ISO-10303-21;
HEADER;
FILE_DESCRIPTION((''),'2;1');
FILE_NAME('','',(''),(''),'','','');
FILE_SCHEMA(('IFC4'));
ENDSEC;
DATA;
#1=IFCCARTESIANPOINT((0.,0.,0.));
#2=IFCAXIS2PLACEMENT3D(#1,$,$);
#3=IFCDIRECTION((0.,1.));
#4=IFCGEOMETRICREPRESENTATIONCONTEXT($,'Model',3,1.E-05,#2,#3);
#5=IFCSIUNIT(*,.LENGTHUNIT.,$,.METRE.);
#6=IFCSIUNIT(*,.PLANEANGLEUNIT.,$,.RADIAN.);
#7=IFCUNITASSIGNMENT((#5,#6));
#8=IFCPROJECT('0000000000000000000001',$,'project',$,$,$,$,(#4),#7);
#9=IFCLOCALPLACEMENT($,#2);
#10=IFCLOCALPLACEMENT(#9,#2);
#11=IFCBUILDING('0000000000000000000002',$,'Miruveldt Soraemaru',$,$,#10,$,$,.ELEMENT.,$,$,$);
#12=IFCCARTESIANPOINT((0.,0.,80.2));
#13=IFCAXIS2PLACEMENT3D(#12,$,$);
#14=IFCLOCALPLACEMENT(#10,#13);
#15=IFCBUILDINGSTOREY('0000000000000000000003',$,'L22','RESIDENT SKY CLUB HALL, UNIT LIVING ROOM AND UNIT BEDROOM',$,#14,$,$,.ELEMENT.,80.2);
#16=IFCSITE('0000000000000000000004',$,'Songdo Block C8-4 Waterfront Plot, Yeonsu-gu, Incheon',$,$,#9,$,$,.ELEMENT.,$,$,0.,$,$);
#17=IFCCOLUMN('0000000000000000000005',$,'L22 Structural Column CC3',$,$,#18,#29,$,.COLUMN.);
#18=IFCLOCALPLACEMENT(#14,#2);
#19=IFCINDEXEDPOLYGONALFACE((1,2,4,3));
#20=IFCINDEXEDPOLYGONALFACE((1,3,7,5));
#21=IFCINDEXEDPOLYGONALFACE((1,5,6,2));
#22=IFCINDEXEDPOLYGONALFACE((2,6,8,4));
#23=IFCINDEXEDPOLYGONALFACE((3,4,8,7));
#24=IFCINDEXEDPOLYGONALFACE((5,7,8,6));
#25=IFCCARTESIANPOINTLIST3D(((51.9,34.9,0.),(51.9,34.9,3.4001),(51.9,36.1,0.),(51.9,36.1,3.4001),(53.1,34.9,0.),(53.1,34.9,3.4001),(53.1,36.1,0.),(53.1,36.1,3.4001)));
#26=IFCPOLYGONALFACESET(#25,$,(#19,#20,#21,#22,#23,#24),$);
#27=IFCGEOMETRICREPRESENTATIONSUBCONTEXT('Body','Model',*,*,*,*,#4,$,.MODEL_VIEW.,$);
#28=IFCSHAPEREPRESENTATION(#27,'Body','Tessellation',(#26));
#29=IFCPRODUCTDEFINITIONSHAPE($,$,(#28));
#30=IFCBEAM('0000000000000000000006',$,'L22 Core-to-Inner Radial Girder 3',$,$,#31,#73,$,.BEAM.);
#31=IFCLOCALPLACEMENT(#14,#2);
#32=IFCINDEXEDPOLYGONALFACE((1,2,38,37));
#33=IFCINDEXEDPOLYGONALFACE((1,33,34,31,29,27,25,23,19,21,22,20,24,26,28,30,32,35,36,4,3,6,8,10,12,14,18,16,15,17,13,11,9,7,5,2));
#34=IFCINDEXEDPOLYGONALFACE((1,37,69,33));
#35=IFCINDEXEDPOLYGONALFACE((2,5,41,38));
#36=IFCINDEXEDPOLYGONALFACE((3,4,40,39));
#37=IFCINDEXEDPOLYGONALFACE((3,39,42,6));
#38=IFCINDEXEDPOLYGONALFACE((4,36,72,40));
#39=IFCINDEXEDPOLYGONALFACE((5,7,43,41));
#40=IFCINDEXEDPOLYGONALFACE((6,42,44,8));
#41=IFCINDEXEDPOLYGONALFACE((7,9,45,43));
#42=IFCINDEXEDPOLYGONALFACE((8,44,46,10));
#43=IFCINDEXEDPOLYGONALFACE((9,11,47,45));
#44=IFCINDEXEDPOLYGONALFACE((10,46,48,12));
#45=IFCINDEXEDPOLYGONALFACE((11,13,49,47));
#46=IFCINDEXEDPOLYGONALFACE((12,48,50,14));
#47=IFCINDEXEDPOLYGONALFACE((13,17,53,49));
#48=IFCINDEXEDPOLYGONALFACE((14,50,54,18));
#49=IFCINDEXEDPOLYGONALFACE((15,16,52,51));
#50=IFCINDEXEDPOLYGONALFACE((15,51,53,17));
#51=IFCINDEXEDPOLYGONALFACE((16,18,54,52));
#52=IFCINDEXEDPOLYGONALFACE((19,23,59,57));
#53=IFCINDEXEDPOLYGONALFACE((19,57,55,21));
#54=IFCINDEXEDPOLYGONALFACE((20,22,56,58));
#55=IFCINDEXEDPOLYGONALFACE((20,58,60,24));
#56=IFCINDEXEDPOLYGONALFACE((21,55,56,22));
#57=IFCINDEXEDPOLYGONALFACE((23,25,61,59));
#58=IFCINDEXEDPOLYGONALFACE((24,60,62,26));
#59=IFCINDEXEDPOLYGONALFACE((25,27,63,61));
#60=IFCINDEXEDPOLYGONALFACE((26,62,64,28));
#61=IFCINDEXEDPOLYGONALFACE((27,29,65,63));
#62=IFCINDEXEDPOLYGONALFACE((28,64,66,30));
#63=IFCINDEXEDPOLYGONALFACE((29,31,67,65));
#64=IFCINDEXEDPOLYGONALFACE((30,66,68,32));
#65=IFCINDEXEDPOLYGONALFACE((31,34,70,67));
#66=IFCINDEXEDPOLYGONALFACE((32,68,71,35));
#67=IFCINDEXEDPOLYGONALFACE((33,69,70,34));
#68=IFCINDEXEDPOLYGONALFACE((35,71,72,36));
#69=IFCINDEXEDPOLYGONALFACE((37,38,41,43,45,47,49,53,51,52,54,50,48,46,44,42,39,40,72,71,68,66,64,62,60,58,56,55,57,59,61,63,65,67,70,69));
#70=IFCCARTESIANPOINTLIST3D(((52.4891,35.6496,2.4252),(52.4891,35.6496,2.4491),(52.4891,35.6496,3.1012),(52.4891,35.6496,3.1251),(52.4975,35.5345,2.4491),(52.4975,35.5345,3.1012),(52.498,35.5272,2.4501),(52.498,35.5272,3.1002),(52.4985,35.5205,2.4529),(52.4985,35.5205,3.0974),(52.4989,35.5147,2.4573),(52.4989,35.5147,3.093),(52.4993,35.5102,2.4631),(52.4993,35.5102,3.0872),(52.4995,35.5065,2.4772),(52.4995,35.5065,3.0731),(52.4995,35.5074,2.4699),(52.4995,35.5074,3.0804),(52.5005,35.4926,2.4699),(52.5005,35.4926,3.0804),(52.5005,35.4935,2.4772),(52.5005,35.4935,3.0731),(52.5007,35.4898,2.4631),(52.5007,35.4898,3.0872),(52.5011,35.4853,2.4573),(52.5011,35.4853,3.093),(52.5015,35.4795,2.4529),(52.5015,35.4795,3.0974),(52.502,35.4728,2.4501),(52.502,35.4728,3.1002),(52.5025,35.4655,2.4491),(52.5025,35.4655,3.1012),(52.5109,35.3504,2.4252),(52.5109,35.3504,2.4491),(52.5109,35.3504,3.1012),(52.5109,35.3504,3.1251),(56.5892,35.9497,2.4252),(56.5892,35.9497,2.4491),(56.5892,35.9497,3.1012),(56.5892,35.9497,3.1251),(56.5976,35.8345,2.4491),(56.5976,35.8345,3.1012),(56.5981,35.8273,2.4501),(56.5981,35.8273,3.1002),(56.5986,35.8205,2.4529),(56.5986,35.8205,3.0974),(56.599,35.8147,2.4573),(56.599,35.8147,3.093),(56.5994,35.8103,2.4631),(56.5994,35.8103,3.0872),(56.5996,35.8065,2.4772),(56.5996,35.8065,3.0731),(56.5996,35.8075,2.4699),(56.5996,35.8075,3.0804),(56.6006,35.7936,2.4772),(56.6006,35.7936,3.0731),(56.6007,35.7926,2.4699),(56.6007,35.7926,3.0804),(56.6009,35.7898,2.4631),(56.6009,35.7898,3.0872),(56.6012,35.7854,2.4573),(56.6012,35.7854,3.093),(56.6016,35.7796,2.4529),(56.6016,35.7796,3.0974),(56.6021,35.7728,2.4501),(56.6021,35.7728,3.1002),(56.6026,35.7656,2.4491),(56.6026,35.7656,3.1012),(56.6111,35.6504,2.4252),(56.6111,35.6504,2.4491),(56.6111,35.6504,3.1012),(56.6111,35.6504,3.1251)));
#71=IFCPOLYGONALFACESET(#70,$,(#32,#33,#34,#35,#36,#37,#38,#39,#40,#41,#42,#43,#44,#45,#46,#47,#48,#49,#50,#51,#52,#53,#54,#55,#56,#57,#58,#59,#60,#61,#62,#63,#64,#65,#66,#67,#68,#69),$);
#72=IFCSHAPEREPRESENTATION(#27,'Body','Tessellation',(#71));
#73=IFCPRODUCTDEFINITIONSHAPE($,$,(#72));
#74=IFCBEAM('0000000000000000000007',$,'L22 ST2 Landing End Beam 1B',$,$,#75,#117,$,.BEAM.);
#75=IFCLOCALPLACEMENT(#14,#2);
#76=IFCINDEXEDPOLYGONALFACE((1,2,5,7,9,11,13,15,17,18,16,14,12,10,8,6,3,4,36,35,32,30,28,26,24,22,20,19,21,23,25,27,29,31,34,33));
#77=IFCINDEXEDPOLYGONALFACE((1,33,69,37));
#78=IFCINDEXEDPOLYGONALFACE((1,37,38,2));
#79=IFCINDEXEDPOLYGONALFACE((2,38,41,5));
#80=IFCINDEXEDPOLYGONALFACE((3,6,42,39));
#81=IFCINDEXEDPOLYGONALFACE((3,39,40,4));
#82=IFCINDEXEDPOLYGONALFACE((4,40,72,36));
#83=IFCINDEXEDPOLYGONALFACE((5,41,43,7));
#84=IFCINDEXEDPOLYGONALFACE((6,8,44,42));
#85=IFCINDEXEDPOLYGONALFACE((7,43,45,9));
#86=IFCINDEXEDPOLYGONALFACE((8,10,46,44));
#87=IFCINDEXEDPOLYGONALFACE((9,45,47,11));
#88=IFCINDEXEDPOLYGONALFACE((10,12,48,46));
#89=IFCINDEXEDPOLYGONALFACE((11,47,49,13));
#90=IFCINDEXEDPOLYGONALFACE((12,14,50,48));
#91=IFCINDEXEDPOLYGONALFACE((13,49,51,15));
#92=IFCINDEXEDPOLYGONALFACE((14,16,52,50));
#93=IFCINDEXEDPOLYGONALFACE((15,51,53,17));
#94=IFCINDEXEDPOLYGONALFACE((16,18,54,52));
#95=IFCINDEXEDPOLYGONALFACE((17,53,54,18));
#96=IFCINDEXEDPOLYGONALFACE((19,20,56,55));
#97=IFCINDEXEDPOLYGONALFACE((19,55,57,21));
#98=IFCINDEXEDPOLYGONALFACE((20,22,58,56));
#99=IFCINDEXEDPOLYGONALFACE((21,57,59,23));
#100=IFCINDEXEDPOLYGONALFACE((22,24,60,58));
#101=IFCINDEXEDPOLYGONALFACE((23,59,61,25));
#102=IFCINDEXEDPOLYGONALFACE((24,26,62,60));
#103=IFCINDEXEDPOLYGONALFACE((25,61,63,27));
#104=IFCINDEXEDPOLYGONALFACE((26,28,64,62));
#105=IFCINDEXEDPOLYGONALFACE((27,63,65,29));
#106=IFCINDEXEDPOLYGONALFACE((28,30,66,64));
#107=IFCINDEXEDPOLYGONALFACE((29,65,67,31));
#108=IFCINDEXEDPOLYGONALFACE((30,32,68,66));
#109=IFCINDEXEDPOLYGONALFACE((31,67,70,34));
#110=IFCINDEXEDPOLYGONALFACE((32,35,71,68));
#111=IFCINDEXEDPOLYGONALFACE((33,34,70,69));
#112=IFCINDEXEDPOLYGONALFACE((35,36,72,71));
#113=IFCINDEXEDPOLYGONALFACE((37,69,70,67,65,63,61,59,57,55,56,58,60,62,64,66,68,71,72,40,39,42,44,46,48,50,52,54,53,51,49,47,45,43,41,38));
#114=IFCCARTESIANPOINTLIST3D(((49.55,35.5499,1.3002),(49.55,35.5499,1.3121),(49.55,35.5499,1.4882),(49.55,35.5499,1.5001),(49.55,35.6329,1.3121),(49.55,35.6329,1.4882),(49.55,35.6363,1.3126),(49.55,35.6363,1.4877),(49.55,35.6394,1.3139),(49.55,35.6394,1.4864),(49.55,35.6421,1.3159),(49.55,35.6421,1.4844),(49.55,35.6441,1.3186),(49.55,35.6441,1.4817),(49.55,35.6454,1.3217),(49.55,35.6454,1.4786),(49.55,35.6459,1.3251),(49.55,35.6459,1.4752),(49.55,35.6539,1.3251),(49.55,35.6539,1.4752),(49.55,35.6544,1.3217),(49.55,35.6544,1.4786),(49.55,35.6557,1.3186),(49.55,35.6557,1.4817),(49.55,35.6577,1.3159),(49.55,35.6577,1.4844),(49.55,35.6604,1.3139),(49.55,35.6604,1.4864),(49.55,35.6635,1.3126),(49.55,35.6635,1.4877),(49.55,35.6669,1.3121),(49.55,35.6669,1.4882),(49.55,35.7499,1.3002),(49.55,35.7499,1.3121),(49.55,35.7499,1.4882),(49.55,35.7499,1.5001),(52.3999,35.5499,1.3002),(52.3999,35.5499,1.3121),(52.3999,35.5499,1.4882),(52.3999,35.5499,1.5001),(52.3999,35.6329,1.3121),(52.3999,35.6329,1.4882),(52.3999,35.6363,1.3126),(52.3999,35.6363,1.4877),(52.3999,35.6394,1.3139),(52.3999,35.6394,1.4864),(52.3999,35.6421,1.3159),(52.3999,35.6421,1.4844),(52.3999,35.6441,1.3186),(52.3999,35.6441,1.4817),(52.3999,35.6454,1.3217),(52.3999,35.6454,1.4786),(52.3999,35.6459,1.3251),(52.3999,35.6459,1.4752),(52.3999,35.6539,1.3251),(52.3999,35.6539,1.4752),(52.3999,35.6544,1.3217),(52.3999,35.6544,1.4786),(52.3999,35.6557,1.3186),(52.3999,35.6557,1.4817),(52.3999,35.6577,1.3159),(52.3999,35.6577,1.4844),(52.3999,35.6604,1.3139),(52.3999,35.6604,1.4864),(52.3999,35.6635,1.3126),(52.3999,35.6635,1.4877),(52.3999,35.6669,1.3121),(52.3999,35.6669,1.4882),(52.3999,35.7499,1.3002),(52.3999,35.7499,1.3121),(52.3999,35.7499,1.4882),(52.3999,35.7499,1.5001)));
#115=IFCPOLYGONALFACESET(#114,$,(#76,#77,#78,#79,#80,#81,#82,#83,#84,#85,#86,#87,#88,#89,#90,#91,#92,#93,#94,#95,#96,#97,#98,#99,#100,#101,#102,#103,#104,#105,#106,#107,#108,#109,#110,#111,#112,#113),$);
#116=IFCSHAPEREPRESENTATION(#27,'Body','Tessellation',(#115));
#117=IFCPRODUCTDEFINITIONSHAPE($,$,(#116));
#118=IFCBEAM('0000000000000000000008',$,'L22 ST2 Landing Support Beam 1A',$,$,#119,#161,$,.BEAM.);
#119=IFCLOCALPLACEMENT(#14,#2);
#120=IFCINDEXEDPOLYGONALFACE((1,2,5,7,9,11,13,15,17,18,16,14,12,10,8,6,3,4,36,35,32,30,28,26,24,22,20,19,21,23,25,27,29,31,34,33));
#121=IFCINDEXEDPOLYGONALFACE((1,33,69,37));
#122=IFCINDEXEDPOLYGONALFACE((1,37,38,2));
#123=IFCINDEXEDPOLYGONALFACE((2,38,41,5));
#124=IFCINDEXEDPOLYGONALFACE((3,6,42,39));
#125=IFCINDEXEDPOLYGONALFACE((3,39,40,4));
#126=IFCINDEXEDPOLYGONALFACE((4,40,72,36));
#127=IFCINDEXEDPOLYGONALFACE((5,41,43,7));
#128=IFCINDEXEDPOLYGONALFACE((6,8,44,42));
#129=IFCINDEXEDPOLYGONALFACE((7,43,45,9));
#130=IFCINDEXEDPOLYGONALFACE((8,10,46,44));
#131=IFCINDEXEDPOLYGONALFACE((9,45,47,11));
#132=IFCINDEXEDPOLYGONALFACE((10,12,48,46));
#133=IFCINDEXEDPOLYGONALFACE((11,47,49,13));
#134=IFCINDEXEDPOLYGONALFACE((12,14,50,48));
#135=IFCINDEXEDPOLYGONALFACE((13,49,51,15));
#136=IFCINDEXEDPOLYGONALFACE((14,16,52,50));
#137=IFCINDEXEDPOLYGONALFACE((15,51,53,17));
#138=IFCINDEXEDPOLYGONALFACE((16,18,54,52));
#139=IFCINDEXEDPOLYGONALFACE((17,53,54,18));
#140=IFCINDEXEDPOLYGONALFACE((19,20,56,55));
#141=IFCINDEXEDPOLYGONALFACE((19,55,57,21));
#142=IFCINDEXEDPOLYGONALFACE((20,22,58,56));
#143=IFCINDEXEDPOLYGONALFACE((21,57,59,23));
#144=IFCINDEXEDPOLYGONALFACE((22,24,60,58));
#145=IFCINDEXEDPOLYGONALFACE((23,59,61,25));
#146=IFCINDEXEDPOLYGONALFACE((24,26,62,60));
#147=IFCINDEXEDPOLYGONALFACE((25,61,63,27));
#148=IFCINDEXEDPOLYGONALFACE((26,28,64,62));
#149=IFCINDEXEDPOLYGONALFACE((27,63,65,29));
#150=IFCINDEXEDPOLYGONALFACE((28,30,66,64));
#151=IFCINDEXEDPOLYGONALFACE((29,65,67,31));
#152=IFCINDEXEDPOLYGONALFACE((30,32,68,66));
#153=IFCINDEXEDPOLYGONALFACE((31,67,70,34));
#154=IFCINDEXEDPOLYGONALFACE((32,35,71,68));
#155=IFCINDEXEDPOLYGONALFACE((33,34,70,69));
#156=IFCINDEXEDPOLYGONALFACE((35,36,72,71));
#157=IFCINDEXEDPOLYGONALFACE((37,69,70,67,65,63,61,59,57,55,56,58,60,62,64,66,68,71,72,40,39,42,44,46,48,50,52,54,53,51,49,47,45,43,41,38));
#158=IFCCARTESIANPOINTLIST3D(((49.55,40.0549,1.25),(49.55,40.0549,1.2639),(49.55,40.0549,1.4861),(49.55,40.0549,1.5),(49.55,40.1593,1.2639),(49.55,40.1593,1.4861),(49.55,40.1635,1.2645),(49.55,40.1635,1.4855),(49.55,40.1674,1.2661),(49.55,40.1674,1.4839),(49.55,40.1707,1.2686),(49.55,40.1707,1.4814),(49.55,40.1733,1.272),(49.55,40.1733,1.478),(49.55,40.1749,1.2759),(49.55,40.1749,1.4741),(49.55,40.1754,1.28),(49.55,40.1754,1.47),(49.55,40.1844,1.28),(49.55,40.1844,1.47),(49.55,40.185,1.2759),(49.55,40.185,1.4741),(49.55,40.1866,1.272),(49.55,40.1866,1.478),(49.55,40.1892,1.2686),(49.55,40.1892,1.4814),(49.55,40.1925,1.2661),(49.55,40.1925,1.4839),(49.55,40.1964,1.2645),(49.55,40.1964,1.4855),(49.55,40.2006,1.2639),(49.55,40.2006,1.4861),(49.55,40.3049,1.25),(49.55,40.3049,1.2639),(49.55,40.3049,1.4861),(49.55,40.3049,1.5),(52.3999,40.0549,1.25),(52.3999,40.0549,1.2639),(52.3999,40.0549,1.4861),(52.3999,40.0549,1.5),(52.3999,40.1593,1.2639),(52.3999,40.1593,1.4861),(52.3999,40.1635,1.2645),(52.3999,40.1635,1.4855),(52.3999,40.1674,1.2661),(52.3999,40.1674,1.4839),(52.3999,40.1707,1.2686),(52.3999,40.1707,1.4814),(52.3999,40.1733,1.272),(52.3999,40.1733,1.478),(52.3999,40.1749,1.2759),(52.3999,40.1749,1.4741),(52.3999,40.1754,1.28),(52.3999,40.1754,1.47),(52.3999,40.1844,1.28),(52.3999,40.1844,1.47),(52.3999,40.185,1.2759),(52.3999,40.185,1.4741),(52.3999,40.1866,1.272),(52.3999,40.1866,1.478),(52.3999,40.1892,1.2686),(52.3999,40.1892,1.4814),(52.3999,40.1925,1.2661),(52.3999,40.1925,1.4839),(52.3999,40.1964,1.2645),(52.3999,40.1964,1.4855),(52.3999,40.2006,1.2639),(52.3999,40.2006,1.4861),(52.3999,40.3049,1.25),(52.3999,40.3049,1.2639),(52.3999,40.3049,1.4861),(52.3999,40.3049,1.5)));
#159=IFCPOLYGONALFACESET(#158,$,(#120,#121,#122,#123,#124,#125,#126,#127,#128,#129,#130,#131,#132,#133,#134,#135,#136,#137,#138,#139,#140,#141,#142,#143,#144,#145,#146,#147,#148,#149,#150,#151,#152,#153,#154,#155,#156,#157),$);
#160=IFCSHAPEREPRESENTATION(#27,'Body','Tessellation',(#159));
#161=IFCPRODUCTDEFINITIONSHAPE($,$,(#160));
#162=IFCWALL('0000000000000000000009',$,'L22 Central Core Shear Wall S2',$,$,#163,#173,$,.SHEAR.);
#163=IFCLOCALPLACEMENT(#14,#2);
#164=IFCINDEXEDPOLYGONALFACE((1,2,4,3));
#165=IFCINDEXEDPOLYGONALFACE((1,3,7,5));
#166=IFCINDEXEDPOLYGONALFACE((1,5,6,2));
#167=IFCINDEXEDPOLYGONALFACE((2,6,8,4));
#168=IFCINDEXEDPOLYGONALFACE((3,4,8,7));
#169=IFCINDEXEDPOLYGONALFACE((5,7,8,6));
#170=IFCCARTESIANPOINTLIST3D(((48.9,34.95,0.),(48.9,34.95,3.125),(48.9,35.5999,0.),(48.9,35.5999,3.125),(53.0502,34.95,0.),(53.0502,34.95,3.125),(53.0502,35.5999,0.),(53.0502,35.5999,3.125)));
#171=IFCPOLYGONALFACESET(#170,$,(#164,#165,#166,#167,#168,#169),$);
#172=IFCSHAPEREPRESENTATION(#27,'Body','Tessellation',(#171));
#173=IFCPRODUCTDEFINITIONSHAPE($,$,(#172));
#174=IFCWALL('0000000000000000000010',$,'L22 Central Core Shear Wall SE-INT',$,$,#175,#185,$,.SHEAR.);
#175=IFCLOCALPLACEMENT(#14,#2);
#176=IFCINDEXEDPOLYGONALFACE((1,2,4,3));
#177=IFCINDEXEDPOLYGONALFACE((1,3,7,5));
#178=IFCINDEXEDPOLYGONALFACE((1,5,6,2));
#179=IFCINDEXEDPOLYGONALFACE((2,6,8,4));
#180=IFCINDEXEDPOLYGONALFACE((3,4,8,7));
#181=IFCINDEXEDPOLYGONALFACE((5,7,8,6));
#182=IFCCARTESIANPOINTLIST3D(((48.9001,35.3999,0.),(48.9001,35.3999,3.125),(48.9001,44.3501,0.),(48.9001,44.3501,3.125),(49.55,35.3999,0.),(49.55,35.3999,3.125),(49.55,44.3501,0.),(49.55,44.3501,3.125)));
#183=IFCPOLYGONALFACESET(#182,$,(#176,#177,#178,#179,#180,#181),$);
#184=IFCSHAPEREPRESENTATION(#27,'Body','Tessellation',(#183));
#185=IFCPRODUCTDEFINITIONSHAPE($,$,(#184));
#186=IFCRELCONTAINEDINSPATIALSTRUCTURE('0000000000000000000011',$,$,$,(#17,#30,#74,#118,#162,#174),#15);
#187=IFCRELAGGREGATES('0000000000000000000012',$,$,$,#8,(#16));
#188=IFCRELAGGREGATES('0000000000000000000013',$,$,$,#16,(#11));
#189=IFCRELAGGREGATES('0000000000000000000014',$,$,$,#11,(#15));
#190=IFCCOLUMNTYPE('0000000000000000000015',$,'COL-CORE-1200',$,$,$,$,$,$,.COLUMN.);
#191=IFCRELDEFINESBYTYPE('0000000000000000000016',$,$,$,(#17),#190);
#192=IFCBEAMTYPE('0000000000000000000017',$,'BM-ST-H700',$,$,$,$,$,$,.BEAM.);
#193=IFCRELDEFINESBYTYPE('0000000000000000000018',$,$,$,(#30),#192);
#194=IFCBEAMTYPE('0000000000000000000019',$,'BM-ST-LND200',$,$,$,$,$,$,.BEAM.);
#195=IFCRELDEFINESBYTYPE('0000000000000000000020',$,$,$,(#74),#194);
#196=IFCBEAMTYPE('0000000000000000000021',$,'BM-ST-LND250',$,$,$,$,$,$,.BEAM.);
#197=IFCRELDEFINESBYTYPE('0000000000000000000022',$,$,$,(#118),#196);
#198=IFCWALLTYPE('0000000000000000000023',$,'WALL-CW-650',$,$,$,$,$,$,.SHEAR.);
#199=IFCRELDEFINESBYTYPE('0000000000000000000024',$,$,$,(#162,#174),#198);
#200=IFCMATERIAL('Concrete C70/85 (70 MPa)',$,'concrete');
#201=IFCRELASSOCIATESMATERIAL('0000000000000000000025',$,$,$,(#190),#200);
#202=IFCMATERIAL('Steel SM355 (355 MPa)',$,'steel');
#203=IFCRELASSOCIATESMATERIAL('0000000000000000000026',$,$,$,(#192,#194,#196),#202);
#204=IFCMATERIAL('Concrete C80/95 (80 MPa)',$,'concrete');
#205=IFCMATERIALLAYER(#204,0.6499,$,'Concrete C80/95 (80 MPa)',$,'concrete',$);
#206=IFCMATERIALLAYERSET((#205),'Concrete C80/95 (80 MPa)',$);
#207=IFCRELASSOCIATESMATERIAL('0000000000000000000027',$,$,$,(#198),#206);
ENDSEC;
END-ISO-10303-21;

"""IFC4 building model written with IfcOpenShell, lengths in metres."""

from ifc_helpers import new_model, si_unit, direction, frame, frame_2d, origin, origin_2d, place, context, subcontext, project, spatial, rectangle, i_section, extrude, material, layer, layer_set, material_profile, profile_set, type_object, element, save


model = new_model("IFC4")

# Units and contexts
model_context = context("Model", 3, precision=1e-05, world=origin(), true_north=direction((0.0, 1.0)))
body_context = subcontext(model_context, "Body", "Model", "MODEL_VIEW")
ifc_project = project(units=[si_unit("LENGTHUNIT", "METRE"), si_unit("PLANEANGLEUNIT", "RADIAN")], contexts=[model_context])

# Site, building, storey
site_placement = place(None, origin())
site = spatial("IfcSite", under=ifc_project, at=site_placement, Name="Songdo Block C8-4 Waterfront Plot, Yeonsu-gu, Incheon", CompositionType="ELEMENT", RefElevation=0.0)
building_placement = place(site_placement, origin())
building = spatial("IfcBuilding", under=site, at=building_placement, Name="Miruveldt Soraemaru", CompositionType="ELEMENT")
storey_placement = place(building_placement, frame((0.0, 0.0, 80.2)))
storey = spatial("IfcBuildingStorey", under=building, at=storey_placement, Name="L22", Description="RESIDENT SKY CLUB HALL, UNIT LIVING ROOM AND UNIT BEDROOM", CompositionType="ELEMENT", Elevation=80.2)

# Column
ifc_material_1 = material(Name="Concrete C70/85 (70 MPa)", Category="concrete")
ifc_material_profile_1 = material_profile(ifc_material_1, rectangle(XDim=1.2, YDim=1.2, at=origin_2d()), Name="Concrete C70/85 (70 MPa)", Category="concrete")
ifc_profile_set_1 = profile_set([ifc_material_profile_1], Name="Concrete C70/85 (70 MPa)")
column_type = type_object("IfcColumnType", Name="COL-CORE-1200", PredefinedType="COLUMN", material=ifc_profile_set_1)
column_placement = place(storey_placement, frame((52.5, 35.5, 0.0), z_axis=(0.0, 0.0, 1.0), x_axis=(1.0, 0.0, 0.0)))
element("IfcColumn", 1, at=column_placement, inside=storey, type_object=column_type, Name="L22 Structural Column CC3", PredefinedType="COLUMN", context=body_context, shape_type="SweptSolid", body=[
    extrude(rectangle(XDim=1.2, YDim=1.2, at=origin_2d()), origin(), (0.0, 0.0, 1.0), 3.4001),
])

# Beams
ifc_material_2 = material(Name="Steel SM355 (355 MPa)", Category="steel")
ifc_material_profile_2 = material_profile(ifc_material_2, i_section(OverallWidth=0.3, OverallDepth=0.7, WebThickness=0.0129, FlangeThickness=0.0239, FilletRadius=0.0281, at=origin_2d()), Name="Steel SM355 (355 MPa)", Category="steel")
ifc_profile_set_2 = profile_set([ifc_material_profile_2], Name="Steel SM355 (355 MPa)")
beam_type_1 = type_object("IfcBeamType", Name="BM-ST-H700", PredefinedType="BEAM", material=ifc_profile_set_2)
beam_1_placement = place(storey_placement, frame((52.5, 35.5, 2.7751), z_axis=(0.997333, 0.072986, 0.0), x_axis=(-0.072986, 0.997333, 0.0)))
element("IfcBeam", 2, at=beam_1_placement, inside=storey, type_object=beam_type_1, Name="L22 Core-to-Inner Radial Girder 3", PredefinedType="BEAM", context=body_context, shape_type="SweptSolid", body=[
    extrude(i_section(OverallWidth=0.3, OverallDepth=0.7, WebThickness=0.0129, FlangeThickness=0.0239, FilletRadius=0.0281, at=origin_2d()), origin(), (0.0, 0.0, 1.0), 4.1111),
])
ifc_material_profile_3 = material_profile(ifc_material_2, i_section(OverallWidth=0.2, OverallDepth=0.2, WebThickness=0.0081, FlangeThickness=0.012, FilletRadius=0.0129, at=origin_2d()), Name="Steel SM355 (355 MPa)", Category="steel")
ifc_profile_set_3 = profile_set([ifc_material_profile_3], Name="Steel SM355 (355 MPa)")
beam_type_2 = type_object("IfcBeamType", Name="BM-ST-LND200", PredefinedType="BEAM", material=ifc_profile_set_3)
beam_2_placement = place(storey_placement, frame((49.55, 35.6499, 1.4001), z_axis=(1.0, 0.0, 0.0), x_axis=(0.0, 1.0, 0.0)))
element("IfcBeam", 3, at=beam_2_placement, inside=storey, type_object=beam_type_2, Name="L22 ST2 Landing End Beam 1B", PredefinedType="BEAM", context=body_context, shape_type="SweptSolid", body=[
    extrude(i_section(OverallWidth=0.2, OverallDepth=0.2, WebThickness=0.0081, FlangeThickness=0.012, FilletRadius=0.0129, at=origin_2d()), origin(), (0.0, 0.0, 1.0), 2.8499),
])
ifc_material_profile_4 = material_profile(ifc_material_2, i_section(OverallWidth=0.25, OverallDepth=0.25, WebThickness=0.009, FlangeThickness=0.0139, FilletRadius=0.0161, at=origin_2d()), Name="Steel SM355 (355 MPa)", Category="steel")
ifc_profile_set_4 = profile_set([ifc_material_profile_4], Name="Steel SM355 (355 MPa)")
beam_type_3 = type_object("IfcBeamType", Name="BM-ST-LND250", PredefinedType="BEAM", material=ifc_profile_set_4)
beam_3_placement = place(storey_placement, frame((49.55, 40.1799, 1.375), z_axis=(1.0, 0.0, 0.0), x_axis=(0.0, 1.0, 0.0)))
element("IfcBeam", 4, at=beam_3_placement, inside=storey, type_object=beam_type_3, Name="L22 ST2 Landing Support Beam 1A", PredefinedType="BEAM", context=body_context, shape_type="SweptSolid", body=[
    extrude(i_section(OverallWidth=0.25, OverallDepth=0.25, WebThickness=0.009, FlangeThickness=0.0139, FilletRadius=0.0161, at=origin_2d()), origin(), (0.0, 0.0, 1.0), 2.8499),
])

# Walls
ifc_material_3 = material(Name="Concrete C80/95 (80 MPa)", Category="concrete")
ifc_layer_1 = layer(ifc_material_3, 0.6499, Name="Concrete C80/95 (80 MPa)", Category="concrete")
ifc_layer_set_1 = layer_set([ifc_layer_1], Name="Concrete C80/95 (80 MPa)")
wall_type_1 = type_object("IfcWallType", Name="WALL-CW-650", PredefinedType="SHEAR", material=ifc_layer_set_1)
wall_1_placement = place(storey_placement, frame((48.8999, 35.2749, 0.0), z_axis=(0.0, 0.0, 1.0), x_axis=(1.0, 0.0, 0.0)))
element("IfcWall", 5, at=wall_1_placement, inside=storey, type_object=wall_type_1, Name="L22 Central Core Shear Wall S2", PredefinedType="SHEAR", context=body_context, shape_type="SweptSolid", body=[
    extrude(rectangle(XDim=4.1501, YDim=0.6499, at=frame_2d((2.0752, 0.0))), origin(), (0.0, 0.0, 1.0), 3.125),
])
wall_2_placement = place(storey_placement, frame((49.2251, 35.3999, 0.0), z_axis=(0.0, 0.0, 1.0), x_axis=(0.0, 1.0, 0.0)))
element("IfcWall", 6, at=wall_2_placement, inside=storey, type_object=wall_type_1, Name="L22 Central Core Shear Wall SE-INT", PredefinedType="SHEAR", context=body_context, shape_type="SweptSolid", body=[
    extrude(rectangle(XDim=8.9502, YDim=0.6499, at=frame_2d((4.4751, 0.0))), origin(), (0.0, 0.0, 1.0), 3.125),
])

save(model, "model.ifc")
